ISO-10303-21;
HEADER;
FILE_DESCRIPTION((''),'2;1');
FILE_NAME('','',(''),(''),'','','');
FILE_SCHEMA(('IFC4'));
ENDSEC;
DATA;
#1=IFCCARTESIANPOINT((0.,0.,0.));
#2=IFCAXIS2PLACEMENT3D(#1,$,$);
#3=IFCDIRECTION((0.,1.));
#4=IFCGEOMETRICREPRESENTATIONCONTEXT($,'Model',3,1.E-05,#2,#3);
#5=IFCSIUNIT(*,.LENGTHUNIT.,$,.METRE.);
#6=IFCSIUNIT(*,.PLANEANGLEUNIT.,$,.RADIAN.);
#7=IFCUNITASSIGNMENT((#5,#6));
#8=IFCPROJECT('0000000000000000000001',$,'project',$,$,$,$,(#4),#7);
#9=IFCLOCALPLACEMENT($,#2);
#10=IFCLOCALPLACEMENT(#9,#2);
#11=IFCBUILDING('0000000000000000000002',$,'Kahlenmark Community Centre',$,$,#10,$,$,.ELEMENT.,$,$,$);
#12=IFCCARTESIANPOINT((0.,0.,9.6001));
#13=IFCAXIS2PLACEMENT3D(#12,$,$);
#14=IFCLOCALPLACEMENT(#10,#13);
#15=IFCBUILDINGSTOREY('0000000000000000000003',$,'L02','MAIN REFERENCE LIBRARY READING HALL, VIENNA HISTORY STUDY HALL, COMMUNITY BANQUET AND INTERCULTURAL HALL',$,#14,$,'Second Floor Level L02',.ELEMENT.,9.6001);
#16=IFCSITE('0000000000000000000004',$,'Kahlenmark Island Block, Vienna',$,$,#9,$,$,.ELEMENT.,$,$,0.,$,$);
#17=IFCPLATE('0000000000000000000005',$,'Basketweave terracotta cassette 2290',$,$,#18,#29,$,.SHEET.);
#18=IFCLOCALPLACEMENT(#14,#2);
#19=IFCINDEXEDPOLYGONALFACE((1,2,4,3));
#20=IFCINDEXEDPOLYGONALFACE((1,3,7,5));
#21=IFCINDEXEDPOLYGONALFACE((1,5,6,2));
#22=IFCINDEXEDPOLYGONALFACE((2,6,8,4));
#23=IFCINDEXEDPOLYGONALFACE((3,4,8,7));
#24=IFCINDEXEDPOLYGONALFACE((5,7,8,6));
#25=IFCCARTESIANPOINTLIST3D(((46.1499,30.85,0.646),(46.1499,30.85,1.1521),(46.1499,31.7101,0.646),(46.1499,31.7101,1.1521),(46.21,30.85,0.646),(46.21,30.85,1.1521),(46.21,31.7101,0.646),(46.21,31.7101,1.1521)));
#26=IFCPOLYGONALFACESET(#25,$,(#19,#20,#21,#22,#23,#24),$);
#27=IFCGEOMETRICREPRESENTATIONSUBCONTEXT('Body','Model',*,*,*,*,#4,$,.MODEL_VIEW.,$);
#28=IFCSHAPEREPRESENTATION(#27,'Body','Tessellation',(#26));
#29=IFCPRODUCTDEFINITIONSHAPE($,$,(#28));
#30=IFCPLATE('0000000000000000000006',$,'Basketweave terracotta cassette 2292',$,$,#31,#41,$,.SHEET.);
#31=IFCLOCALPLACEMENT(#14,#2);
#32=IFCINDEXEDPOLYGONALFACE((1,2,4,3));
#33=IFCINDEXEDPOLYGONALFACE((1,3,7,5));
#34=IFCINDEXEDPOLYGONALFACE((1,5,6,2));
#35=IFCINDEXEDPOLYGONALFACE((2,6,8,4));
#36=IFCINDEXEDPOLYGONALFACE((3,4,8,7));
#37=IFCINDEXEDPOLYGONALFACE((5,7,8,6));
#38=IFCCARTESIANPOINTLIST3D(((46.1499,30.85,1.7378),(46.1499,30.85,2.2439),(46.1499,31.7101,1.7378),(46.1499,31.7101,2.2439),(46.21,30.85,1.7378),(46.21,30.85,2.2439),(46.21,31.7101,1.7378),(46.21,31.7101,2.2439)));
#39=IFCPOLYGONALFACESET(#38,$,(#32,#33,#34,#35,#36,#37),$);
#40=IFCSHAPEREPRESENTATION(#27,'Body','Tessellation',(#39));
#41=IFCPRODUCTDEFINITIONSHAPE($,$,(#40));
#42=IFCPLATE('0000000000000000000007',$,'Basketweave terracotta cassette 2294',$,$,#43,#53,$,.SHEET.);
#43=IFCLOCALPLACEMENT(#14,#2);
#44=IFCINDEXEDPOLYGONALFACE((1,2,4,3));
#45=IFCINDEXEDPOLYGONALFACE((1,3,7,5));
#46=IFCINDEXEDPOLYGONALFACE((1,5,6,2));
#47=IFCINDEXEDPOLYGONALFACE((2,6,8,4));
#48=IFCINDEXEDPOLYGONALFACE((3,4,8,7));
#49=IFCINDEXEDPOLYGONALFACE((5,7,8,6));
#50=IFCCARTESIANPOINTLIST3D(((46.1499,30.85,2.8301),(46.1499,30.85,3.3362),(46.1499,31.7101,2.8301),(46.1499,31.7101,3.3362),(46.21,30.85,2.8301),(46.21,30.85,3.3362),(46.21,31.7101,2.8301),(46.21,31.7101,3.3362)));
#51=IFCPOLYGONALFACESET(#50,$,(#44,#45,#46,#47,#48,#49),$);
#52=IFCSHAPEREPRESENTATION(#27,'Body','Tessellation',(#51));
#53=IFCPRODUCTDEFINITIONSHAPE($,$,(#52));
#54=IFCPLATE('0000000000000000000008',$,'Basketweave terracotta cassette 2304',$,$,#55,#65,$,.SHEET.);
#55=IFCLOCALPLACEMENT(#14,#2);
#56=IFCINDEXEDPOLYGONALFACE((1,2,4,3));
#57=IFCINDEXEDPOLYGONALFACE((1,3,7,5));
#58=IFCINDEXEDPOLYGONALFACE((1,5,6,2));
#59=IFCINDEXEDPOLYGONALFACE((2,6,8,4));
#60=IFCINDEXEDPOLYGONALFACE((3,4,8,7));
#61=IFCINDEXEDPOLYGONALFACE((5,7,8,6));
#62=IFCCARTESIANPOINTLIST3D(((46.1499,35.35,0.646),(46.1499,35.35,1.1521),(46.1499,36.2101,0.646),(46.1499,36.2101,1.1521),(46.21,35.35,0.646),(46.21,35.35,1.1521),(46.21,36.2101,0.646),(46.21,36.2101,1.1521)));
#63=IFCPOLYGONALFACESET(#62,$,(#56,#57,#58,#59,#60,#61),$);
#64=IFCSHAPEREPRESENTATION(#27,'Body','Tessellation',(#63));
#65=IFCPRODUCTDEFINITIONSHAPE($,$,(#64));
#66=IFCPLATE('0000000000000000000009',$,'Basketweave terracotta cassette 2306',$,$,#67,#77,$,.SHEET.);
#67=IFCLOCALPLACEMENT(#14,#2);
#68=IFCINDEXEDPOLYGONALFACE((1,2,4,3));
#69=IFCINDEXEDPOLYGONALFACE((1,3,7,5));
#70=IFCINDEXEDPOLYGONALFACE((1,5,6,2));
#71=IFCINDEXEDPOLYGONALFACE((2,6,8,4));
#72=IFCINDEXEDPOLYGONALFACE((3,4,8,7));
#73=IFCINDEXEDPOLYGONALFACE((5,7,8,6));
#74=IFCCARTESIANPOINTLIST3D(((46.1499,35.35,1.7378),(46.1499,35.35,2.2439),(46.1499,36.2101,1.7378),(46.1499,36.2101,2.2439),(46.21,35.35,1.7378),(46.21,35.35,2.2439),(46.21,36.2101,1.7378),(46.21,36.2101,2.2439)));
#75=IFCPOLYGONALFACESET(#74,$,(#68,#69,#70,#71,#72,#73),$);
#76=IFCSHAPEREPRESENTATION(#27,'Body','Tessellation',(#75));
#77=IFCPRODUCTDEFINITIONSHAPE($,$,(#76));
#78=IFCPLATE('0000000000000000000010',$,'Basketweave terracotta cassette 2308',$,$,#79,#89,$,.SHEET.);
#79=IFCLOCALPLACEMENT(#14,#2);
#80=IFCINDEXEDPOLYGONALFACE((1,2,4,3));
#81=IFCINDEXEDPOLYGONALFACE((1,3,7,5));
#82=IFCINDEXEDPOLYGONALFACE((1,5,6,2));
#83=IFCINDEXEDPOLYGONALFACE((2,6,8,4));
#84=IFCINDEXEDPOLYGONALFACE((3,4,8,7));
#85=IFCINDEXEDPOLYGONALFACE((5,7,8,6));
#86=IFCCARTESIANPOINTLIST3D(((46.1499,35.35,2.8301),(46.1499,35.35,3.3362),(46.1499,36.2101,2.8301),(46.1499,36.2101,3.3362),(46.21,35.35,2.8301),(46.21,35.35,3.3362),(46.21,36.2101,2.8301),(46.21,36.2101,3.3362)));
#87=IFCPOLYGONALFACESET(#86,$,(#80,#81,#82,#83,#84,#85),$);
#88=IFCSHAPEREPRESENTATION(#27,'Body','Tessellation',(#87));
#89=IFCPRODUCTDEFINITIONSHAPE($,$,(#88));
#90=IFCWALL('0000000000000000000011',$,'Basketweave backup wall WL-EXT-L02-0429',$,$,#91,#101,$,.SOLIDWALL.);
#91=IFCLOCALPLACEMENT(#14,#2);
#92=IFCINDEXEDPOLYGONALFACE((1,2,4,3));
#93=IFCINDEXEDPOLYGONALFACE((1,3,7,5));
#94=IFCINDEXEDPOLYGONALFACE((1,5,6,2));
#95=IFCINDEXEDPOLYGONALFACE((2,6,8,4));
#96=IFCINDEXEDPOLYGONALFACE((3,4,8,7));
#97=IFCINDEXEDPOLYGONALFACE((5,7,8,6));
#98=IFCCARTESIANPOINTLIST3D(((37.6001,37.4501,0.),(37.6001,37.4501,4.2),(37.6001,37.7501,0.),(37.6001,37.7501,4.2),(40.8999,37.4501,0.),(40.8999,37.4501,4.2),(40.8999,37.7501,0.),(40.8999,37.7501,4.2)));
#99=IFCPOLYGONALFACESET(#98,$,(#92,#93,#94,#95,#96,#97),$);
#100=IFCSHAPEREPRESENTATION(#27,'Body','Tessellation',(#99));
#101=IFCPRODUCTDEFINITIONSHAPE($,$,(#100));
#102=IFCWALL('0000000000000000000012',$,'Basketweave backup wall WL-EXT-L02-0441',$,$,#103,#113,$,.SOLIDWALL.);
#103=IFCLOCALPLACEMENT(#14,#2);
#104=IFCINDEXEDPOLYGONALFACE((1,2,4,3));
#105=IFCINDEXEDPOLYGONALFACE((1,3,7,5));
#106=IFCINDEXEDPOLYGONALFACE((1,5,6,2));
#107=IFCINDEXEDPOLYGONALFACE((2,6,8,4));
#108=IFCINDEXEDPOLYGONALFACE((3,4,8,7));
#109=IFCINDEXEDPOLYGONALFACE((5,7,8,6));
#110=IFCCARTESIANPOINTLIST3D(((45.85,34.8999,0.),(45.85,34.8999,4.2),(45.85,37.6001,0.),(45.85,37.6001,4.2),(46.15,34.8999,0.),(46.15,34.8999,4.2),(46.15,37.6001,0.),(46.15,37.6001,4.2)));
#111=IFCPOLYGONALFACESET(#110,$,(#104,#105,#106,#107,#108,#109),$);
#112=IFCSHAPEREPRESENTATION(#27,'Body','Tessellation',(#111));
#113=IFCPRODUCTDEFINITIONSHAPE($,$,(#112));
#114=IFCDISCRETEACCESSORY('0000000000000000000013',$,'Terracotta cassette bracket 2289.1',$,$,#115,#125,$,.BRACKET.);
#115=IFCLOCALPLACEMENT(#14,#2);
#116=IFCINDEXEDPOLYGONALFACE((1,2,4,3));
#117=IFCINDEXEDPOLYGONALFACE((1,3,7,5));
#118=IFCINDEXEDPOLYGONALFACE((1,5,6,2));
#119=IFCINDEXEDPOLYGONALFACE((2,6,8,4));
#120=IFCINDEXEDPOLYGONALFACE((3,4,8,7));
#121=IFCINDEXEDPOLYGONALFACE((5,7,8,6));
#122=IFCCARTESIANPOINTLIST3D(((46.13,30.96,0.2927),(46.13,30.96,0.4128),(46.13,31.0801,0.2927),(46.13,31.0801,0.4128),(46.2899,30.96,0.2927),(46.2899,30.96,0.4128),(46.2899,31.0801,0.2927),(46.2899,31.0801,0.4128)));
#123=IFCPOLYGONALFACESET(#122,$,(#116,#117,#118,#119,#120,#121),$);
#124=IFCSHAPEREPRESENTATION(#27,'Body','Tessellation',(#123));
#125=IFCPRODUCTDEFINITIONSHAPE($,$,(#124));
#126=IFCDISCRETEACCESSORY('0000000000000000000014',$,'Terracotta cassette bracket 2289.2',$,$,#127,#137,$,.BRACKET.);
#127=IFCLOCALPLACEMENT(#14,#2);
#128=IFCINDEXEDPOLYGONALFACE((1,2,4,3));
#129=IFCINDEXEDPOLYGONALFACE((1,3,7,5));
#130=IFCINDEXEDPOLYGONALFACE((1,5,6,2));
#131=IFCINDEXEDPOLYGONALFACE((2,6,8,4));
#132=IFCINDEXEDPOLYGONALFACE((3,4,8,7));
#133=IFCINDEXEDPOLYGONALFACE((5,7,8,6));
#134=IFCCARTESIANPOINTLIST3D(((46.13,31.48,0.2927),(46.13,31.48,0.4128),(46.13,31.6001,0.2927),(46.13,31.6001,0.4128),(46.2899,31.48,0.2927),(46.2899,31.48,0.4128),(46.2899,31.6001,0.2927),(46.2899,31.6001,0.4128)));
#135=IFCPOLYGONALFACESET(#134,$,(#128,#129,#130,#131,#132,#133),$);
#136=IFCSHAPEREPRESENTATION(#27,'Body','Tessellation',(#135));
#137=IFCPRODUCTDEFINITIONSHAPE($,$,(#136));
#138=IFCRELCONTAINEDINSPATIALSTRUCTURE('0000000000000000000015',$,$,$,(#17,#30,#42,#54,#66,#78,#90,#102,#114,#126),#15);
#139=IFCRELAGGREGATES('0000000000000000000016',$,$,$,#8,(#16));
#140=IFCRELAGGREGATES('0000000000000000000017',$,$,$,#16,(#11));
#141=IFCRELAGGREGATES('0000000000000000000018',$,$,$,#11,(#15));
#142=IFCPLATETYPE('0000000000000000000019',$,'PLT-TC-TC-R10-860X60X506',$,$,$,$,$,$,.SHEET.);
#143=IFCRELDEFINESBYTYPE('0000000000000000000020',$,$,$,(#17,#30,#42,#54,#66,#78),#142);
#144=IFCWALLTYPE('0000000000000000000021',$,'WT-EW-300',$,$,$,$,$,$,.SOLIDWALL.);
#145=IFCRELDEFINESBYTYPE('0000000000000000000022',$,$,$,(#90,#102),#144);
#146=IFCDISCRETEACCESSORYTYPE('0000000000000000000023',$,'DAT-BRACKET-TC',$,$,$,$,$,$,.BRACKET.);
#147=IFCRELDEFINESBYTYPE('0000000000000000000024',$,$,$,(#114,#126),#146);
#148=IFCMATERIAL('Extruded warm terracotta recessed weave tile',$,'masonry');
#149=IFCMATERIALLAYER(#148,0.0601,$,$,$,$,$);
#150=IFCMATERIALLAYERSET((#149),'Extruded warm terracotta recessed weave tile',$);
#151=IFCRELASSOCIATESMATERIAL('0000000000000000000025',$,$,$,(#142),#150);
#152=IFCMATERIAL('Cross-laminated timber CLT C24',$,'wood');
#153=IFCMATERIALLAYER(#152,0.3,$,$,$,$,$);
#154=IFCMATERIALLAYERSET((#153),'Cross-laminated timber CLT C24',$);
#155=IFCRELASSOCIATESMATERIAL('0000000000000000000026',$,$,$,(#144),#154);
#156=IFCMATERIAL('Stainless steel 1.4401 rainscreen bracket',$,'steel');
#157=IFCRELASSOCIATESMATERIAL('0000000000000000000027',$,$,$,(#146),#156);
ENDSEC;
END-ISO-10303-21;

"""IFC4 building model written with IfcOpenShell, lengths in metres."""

from ifc_helpers import new_model, si_unit, direction, frame, frame_2d, origin, origin_2d, place, context, subcontext, project, spatial, rectangle, extrude, material, layer, layer_set, type_object, element, save


model = new_model("IFC4")

# Units and contexts
model_context = context("Model", 3, precision=1e-05, world=origin(), true_north=direction((0.0, 1.0)))
body_context = subcontext(model_context, "Body", "Model", "MODEL_VIEW")
ifc_project = project(units=[si_unit("LENGTHUNIT", "METRE"), si_unit("PLANEANGLEUNIT", "RADIAN")], contexts=[model_context])

# Site, building, storey
site_placement = place(None, origin())
site = spatial("IfcSite", under=ifc_project, at=site_placement, Name="Kahlenmark Island Block, Vienna", CompositionType="ELEMENT", RefElevation=0.0)
building_placement = place(site_placement, origin())
building = spatial("IfcBuilding", under=site, at=building_placement, Name="Kahlenmark Community Centre", CompositionType="ELEMENT")
storey_placement = place(building_placement, frame((0.0, 0.0, 9.6001)))
storey = spatial("IfcBuildingStorey", under=building, at=storey_placement, Name="L02", Description="MAIN REFERENCE LIBRARY READING HALL, VIENNA HISTORY STUDY HALL, COMMUNITY BANQUET AND INTERCULTURAL HALL", LongName="Second Floor Level L02", CompositionType="ELEMENT", Elevation=9.6001)

# Plates
ifc_material_1 = material(Name="Extruded warm terracotta recessed weave tile", Category="masonry")
ifc_layer_1 = layer(ifc_material_1, 0.0601)
ifc_layer_set_1 = layer_set([ifc_layer_1], Name="Extruded warm terracotta recessed weave tile")
plate_type_1 = type_object("IfcPlateType", Name="PLT-TC-TC-R10-860X60X506", PredefinedType="SHEET", material=ifc_layer_set_1)
for number, where, z_axis, x_axis, name in (
    (1, (46.1799, 31.28, 0.646), (0.0, 0.0, 1.0), (0.0, 1.0, 0.0), "Basketweave terracotta cassette 2290"),
    (2, (46.1799, 31.28, 1.7378), (0.0, 0.0, 1.0), (0.0, 1.0, 0.0), "Basketweave terracotta cassette 2292"),
    (3, (46.1799, 31.28, 2.8301), (0.0, 0.0, 1.0), (0.0, 1.0, 0.0), "Basketweave terracotta cassette 2294"),
    (4, (46.1799, 35.78, 0.646), (0.0, 0.0, 1.0), (0.0, 1.0, 0.0), "Basketweave terracotta cassette 2304"),
    (5, (46.1799, 35.78, 1.7378), (0.0, 0.0, 1.0), (0.0, 1.0, 0.0), "Basketweave terracotta cassette 2306"),
    (6, (46.1799, 35.78, 2.8301), (0.0, 0.0, 1.0), (0.0, 1.0, 0.0), "Basketweave terracotta cassette 2308"),
):
    element("IfcPlate", number, at=place(storey_placement, frame(where, z_axis=z_axis, x_axis=x_axis)), inside=storey, type_object=plate_type_1, Name=name, PredefinedType="SHEET", context=body_context, shape_type="SweptSolid", body=[
        extrude(rectangle(XDim=0.8601, YDim=0.0601, at=origin_2d()), origin(), (0.0, 0.0, 1.0), 0.5061),
    ])

# Walls
ifc_material_2 = material(Name="Cross-laminated timber CLT C24", Category="wood")
ifc_layer_2 = layer(ifc_material_2, 0.3)
ifc_layer_set_2 = layer_set([ifc_layer_2], Name="Cross-laminated timber CLT C24")
wall_type = type_object("IfcWallType", Name="WT-EW-300", PredefinedType="SOLIDWALL", material=ifc_layer_set_2)
wall_1_placement = place(storey_placement, frame((40.8999, 37.6001, 0.0), z_axis=(0.0, 0.0, 1.0), x_axis=(-1.0, 0.0, 0.0)))
element("IfcWall", 7, at=wall_1_placement, inside=storey, type_object=wall_type, Name="Basketweave backup wall WL-EXT-L02-0429", PredefinedType="SOLIDWALL", context=body_context, shape_type="SweptSolid", body=[
    extrude(rectangle(XDim=3.2998, YDim=0.3, at=frame_2d((1.6499, 0.0))), origin(), (0.0, 0.0, 1.0), 4.2),
])
wall_2_placement = place(storey_placement, frame((46.0, 34.8999, 0.0), z_axis=(0.0, 0.0, 1.0), x_axis=(0.0, 1.0, 0.0)))
element("IfcWall", 8, at=wall_2_placement, inside=storey, type_object=wall_type, Name="Basketweave backup wall WL-EXT-L02-0441", PredefinedType="SOLIDWALL", context=body_context, shape_type="SweptSolid", body=[
    extrude(rectangle(XDim=2.7002, YDim=0.3, at=frame_2d((1.3501, 0.0))), origin(), (0.0, 0.0, 1.0), 4.2),
])

# Discrete accessories
ifc_material_3 = material(Name="Stainless steel 1.4401 rainscreen bracket", Category="steel")
discrete_accessory_type = type_object("IfcDiscreteAccessoryType", Name="DAT-BRACKET-TC", PredefinedType="BRACKET", material=ifc_material_3)
for number, where, z_axis, x_axis, name in (
    (9, (46.21, 31.02, 0.2927), (0.0, 0.0, 1.0), (0.0, 1.0, 0.0), "Terracotta cassette bracket 2289.1"),
    (10, (46.21, 31.54, 0.2927), (0.0, 0.0, 1.0), (0.0, 1.0, 0.0), "Terracotta cassette bracket 2289.2"),
):
    element("IfcDiscreteAccessory", number, at=place(storey_placement, frame(where, z_axis=z_axis, x_axis=x_axis)), inside=storey, type_object=discrete_accessory_type, Name=name, PredefinedType="BRACKET", context=body_context, shape_type="SweptSolid", body=[
        extrude(rectangle(XDim=0.1201, YDim=0.1599, at=origin_2d()), origin(), (0.0, 0.0, 1.0), 0.1201),
    ])

save(model, "model.ifc")
